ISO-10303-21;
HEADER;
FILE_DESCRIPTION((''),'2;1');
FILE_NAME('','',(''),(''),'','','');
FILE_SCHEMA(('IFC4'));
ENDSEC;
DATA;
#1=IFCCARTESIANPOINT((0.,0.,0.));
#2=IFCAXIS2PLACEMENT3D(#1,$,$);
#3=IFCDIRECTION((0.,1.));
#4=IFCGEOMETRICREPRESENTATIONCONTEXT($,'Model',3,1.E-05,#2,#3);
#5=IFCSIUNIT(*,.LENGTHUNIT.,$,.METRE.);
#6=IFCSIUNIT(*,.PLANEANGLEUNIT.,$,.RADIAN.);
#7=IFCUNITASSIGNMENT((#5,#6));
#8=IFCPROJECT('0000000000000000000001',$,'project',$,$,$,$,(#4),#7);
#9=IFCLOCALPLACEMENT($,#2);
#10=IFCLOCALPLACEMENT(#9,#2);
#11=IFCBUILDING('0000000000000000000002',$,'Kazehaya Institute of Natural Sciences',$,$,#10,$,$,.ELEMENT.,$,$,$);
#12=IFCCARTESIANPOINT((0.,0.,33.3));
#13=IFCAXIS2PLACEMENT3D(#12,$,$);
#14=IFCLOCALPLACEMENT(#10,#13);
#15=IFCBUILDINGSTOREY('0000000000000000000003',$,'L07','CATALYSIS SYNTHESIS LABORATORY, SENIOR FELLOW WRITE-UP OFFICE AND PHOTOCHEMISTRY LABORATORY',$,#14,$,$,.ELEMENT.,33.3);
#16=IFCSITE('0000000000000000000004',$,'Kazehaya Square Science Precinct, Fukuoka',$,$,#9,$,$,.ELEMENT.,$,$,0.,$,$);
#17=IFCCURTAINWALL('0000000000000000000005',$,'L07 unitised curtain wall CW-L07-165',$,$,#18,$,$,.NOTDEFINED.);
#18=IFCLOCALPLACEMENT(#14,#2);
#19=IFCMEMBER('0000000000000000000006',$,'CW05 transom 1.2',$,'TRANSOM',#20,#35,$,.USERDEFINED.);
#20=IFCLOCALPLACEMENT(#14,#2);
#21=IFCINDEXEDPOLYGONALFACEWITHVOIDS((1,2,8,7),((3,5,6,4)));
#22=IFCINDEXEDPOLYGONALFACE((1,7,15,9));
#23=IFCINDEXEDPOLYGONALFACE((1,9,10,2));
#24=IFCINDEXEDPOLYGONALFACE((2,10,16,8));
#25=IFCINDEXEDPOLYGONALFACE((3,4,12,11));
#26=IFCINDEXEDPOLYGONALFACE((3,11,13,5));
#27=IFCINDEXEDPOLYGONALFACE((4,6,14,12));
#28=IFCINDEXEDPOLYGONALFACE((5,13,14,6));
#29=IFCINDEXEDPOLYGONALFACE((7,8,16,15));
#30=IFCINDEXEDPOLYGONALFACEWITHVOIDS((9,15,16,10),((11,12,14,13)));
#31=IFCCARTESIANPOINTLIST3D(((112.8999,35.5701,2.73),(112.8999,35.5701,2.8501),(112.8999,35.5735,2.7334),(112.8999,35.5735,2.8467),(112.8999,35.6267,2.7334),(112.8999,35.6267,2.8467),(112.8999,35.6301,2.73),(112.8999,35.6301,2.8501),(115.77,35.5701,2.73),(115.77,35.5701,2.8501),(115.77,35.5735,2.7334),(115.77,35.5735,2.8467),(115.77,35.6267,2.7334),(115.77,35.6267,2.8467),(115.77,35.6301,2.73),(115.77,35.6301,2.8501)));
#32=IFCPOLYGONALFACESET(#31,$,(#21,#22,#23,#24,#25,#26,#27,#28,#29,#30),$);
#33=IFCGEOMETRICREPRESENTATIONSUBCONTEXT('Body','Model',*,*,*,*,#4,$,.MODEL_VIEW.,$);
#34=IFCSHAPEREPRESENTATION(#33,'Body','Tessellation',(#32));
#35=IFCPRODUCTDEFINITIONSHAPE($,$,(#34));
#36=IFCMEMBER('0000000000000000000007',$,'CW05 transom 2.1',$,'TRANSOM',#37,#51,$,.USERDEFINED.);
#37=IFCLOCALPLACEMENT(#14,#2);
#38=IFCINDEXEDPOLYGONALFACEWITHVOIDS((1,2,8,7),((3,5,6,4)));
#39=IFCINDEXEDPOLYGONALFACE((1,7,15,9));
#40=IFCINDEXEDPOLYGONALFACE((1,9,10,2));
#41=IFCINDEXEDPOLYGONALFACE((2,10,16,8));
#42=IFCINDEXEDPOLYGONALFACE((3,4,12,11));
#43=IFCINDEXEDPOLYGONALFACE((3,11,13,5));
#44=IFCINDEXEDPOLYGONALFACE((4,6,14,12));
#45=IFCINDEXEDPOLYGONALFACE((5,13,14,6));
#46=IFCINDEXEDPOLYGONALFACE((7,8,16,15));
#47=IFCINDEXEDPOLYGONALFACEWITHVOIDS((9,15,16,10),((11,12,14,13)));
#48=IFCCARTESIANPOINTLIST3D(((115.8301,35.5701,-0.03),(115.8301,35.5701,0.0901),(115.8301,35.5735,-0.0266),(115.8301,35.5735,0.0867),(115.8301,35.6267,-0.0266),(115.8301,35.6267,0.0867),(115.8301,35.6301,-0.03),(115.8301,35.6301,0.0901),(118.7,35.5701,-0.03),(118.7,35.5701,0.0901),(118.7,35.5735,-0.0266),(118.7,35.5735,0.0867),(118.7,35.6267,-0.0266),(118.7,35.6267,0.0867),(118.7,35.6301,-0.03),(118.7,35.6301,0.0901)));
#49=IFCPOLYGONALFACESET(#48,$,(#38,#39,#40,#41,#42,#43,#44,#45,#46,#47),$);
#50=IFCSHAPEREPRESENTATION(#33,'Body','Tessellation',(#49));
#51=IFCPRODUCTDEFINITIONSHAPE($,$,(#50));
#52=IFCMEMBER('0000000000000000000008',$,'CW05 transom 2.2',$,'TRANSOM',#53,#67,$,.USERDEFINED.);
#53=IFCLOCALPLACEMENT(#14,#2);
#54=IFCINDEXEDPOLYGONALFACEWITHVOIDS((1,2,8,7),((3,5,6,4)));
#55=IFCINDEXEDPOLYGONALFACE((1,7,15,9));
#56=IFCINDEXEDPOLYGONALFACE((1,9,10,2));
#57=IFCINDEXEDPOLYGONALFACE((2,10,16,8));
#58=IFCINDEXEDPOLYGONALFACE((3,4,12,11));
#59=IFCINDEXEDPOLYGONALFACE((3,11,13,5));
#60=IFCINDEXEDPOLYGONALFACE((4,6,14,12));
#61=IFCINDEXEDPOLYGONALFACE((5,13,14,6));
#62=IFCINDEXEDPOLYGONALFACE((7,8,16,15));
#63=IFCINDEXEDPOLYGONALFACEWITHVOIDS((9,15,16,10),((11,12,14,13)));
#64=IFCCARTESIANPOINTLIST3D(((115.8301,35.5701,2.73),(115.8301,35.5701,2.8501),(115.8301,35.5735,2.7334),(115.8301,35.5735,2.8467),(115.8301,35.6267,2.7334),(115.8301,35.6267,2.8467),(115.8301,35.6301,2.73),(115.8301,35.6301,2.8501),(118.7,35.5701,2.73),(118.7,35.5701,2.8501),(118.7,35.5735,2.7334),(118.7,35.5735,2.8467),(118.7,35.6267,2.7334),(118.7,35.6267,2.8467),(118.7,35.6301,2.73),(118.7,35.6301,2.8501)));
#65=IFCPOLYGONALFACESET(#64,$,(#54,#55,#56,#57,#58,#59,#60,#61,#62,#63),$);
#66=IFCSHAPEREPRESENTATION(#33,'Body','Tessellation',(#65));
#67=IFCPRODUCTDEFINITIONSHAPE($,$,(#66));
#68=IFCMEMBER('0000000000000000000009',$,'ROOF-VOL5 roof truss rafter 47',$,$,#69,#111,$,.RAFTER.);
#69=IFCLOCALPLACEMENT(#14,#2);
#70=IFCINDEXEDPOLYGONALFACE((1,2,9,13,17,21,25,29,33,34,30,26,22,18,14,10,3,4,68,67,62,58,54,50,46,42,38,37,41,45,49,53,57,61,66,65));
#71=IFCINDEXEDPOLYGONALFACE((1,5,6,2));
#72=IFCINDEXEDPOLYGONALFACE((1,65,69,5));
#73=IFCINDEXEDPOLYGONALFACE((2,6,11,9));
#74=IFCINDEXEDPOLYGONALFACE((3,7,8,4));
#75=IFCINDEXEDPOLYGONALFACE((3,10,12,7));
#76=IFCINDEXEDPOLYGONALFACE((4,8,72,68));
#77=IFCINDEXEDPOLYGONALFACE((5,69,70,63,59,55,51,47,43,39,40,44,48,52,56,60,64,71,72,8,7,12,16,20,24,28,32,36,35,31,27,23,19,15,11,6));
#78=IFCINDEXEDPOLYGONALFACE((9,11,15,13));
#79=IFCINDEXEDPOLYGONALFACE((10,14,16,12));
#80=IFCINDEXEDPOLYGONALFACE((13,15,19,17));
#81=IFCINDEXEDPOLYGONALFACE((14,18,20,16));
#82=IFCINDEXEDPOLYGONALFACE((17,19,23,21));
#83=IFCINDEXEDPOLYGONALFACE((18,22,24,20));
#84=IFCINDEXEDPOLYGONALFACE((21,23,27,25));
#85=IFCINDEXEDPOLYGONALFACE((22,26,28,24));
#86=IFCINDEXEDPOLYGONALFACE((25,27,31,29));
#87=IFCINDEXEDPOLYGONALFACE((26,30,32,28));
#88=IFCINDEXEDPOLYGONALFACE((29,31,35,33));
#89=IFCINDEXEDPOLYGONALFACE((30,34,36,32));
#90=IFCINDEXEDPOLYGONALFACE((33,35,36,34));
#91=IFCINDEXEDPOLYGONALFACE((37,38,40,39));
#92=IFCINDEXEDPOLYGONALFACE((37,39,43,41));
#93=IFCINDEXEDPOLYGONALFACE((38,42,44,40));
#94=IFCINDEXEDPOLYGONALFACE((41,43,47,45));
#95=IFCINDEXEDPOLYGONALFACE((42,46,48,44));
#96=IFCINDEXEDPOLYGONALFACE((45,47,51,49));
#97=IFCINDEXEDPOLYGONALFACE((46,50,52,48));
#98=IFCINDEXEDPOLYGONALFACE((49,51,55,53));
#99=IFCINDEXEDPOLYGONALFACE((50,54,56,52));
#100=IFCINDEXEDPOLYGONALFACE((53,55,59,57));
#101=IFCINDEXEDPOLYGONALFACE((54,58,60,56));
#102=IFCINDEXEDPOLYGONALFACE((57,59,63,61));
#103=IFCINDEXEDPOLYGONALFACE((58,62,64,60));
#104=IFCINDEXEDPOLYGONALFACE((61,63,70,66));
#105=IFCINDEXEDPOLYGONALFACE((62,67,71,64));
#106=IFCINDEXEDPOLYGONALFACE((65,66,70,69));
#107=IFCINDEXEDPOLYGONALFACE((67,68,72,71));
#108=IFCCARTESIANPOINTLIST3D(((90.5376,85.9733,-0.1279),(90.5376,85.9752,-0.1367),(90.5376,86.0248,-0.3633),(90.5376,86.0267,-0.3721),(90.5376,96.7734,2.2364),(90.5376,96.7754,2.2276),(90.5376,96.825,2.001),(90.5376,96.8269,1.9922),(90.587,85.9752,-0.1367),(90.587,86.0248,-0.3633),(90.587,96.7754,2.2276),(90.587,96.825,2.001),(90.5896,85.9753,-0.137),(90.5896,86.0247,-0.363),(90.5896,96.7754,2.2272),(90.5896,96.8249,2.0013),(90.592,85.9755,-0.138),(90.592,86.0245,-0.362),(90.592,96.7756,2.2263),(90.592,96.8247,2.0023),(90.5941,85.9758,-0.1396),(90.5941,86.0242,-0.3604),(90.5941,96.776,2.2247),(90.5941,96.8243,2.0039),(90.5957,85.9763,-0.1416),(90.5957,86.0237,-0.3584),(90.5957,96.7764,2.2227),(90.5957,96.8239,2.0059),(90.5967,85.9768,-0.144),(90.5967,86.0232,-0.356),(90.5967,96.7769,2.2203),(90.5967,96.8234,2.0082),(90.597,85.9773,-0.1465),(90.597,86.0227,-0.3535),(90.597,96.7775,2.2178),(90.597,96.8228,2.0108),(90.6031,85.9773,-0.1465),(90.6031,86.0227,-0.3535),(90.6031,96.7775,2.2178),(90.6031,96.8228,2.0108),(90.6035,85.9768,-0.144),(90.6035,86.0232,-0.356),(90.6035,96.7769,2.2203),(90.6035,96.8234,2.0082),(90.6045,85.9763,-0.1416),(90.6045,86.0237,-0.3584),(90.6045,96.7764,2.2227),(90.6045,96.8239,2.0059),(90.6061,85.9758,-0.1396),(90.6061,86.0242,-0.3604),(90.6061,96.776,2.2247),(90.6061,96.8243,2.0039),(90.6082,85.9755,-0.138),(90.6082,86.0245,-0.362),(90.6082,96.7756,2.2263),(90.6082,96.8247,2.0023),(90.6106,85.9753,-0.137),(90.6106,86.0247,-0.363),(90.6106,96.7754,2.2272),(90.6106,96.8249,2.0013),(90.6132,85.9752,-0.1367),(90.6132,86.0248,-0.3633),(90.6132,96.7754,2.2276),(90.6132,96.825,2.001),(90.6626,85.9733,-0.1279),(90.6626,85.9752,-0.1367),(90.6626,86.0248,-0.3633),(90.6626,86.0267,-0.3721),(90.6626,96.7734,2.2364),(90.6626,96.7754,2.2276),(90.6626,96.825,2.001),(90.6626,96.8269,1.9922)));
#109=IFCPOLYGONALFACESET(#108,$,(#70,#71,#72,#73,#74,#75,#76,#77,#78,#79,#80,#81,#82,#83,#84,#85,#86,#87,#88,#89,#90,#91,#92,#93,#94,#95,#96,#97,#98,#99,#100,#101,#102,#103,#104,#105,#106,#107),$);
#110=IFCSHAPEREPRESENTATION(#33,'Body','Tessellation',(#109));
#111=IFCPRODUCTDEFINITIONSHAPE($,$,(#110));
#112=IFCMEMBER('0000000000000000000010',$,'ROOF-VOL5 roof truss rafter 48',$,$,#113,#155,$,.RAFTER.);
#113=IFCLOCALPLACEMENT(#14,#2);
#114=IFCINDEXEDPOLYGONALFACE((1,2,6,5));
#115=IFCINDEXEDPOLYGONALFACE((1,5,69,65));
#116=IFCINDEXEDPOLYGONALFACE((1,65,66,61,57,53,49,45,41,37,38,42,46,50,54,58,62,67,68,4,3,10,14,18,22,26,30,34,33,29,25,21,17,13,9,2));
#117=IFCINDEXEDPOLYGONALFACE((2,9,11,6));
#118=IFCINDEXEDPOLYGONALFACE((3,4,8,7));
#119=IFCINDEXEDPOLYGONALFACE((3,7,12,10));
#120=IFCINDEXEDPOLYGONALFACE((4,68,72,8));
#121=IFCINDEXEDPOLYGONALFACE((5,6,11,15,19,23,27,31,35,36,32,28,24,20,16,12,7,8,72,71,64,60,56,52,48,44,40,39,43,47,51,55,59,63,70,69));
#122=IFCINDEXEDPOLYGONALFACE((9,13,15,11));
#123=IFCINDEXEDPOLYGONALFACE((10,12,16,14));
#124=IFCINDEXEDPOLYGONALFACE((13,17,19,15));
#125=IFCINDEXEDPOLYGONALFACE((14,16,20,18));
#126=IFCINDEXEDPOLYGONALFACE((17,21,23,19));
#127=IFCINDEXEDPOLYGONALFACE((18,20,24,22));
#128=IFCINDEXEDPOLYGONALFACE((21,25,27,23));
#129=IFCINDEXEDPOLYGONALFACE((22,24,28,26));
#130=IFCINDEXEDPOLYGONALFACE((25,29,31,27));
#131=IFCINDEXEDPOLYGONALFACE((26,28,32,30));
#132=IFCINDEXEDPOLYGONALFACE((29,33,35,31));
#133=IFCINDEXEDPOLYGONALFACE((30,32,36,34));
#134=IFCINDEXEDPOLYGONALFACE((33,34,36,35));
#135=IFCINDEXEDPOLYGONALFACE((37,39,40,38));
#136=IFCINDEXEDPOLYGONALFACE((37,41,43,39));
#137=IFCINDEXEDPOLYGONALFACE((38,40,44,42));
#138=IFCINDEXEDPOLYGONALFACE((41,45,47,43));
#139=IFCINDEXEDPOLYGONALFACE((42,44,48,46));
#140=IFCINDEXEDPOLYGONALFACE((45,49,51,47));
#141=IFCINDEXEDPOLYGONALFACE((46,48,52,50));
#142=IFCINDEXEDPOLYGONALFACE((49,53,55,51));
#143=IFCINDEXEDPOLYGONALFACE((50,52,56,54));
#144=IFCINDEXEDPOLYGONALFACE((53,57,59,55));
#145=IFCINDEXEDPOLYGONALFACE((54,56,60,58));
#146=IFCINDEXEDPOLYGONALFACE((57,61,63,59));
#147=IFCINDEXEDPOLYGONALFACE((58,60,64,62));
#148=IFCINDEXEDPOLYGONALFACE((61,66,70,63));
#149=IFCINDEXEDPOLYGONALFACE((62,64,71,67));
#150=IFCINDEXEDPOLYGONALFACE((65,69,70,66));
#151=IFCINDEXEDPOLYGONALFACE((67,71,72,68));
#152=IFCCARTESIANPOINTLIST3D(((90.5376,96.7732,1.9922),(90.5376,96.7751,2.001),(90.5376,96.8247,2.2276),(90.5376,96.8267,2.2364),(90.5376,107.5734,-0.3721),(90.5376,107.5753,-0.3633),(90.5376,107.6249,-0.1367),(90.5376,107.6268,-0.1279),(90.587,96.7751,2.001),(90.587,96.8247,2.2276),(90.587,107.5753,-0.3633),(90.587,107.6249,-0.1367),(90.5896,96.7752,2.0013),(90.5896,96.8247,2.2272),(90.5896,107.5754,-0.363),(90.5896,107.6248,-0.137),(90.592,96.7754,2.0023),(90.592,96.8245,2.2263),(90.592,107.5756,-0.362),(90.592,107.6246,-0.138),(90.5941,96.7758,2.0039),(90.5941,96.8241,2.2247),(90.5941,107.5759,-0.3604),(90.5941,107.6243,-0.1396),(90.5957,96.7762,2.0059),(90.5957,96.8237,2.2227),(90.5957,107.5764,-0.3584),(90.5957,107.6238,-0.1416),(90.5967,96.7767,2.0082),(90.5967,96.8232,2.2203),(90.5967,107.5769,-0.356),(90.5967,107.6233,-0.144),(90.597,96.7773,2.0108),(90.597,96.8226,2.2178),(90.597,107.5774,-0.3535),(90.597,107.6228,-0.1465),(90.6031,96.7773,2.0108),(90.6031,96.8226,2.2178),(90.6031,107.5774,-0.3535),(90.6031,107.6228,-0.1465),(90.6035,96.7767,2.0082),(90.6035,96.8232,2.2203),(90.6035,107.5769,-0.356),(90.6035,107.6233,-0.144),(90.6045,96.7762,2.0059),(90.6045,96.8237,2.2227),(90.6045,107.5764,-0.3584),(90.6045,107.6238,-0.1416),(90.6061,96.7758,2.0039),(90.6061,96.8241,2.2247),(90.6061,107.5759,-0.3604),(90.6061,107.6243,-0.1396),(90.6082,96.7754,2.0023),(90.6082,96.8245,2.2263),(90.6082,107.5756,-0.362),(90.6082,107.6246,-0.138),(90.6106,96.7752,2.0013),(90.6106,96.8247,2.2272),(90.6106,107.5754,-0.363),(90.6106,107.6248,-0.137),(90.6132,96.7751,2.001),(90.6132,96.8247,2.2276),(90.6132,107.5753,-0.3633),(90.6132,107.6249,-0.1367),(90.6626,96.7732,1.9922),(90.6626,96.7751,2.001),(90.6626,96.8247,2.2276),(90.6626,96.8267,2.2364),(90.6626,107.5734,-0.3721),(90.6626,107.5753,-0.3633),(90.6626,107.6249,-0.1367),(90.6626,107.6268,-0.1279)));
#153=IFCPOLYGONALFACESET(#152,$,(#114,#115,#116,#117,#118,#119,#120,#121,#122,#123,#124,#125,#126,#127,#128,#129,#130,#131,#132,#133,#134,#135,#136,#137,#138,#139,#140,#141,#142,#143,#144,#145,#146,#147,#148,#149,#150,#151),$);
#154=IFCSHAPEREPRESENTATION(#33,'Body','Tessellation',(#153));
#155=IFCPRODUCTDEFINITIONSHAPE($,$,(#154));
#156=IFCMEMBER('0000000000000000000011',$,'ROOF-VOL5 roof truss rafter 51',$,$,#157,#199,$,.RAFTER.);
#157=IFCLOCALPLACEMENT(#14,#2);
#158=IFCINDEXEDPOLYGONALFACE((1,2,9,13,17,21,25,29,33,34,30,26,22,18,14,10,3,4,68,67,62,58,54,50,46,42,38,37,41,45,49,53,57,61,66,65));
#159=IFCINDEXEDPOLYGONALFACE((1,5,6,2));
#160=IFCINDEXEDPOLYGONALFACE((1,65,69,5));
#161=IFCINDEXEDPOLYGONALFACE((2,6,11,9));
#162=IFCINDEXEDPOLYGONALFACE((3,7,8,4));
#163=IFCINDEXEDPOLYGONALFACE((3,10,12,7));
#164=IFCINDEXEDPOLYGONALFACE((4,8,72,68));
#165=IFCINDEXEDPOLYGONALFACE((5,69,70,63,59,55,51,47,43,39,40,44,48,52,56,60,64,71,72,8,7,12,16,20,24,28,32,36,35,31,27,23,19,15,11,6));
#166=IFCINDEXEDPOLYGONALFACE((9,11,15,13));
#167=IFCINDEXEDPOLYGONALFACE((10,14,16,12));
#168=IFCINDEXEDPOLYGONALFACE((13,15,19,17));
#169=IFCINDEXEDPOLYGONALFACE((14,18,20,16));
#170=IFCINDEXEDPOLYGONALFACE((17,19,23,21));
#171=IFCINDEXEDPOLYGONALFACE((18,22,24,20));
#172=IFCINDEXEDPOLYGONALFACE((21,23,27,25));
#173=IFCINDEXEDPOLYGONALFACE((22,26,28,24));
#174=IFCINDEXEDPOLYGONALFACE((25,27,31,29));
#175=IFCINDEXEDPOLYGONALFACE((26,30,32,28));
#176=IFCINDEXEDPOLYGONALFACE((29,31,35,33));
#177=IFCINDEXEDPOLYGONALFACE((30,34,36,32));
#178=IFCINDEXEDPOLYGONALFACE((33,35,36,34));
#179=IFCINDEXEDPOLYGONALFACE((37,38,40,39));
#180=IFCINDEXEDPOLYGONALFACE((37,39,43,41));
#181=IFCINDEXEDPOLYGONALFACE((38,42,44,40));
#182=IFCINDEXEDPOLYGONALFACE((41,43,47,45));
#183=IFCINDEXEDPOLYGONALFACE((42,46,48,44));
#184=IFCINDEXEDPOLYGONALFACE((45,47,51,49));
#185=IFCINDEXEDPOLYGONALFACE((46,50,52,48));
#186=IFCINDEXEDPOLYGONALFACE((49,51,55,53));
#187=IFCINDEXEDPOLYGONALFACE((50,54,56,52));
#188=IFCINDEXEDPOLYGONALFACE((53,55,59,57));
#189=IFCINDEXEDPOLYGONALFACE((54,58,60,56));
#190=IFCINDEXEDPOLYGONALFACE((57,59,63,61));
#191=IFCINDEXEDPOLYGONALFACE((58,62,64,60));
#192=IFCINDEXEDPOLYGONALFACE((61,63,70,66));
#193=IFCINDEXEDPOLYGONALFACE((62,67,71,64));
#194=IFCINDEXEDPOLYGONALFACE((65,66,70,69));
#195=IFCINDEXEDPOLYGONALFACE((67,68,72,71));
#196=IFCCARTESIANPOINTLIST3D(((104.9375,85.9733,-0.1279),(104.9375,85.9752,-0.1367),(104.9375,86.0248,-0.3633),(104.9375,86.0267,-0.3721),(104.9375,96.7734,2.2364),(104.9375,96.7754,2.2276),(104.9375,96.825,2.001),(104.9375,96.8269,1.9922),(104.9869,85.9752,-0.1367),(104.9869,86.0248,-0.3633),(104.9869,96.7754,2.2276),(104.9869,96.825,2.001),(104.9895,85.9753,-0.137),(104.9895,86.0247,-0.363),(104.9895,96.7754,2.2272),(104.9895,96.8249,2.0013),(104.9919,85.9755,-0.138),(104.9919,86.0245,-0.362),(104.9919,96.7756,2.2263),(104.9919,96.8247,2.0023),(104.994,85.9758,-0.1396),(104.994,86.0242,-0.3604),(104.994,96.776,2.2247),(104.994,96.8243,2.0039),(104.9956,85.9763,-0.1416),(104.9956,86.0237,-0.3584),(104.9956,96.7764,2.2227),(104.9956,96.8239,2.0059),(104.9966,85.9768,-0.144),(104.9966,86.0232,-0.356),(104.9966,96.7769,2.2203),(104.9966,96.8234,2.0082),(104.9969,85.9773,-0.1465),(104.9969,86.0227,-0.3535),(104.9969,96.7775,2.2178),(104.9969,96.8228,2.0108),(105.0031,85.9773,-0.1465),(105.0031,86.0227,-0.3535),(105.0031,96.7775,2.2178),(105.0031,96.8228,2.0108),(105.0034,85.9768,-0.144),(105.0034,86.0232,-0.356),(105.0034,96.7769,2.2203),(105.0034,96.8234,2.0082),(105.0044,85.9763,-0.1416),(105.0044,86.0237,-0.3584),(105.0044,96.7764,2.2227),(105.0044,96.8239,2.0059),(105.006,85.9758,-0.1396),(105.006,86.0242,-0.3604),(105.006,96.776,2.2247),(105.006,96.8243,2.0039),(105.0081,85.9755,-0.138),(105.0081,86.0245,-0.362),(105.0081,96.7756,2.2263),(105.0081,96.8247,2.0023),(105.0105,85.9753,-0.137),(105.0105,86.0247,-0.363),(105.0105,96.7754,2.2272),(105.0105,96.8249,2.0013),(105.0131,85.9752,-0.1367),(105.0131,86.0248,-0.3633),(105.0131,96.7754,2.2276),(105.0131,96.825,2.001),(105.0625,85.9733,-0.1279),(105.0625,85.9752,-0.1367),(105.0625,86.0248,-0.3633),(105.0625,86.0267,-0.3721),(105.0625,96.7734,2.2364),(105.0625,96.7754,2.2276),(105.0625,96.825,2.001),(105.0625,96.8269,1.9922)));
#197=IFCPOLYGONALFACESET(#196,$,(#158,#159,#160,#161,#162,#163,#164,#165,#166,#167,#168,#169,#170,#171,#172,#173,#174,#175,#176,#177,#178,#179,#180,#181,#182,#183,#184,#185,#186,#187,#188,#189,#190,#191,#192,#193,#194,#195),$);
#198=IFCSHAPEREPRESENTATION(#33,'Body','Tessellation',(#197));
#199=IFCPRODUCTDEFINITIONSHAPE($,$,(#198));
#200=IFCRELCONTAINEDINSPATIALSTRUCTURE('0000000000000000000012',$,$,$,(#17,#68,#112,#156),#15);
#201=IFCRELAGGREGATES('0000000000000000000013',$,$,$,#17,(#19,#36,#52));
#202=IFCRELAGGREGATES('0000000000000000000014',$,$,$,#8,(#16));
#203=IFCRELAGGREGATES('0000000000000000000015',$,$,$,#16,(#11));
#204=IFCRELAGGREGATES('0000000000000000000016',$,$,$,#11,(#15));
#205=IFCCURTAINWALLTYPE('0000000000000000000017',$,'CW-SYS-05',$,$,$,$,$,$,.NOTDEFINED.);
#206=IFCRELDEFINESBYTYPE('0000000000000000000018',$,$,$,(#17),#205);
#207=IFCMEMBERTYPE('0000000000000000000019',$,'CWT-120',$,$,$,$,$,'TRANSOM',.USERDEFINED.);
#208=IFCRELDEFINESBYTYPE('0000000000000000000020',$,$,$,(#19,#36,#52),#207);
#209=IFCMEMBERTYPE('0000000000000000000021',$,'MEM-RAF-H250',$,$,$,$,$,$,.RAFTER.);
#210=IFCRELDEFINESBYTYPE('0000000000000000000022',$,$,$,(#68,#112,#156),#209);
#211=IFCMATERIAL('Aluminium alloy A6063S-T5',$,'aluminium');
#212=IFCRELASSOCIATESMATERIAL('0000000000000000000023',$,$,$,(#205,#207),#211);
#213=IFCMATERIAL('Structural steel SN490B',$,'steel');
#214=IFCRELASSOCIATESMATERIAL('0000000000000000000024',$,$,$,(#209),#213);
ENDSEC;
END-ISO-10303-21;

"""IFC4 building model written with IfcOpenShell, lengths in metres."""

from ifc_helpers import new_model, si_unit, direction, frame, origin, origin_2d, place, context, subcontext, project, spatial, hollow_rectangle, i_section, extrude, material, material_profile, profile_set, type_object, element, aggregate, save


model = new_model("IFC4")

# Units and contexts
model_context = context("Model", 3, precision=1e-05, world=origin(), true_north=direction((0.0, 1.0)))
body_context = subcontext(model_context, "Body", "Model", "MODEL_VIEW")
ifc_project = project(units=[si_unit("LENGTHUNIT", "METRE"), si_unit("PLANEANGLEUNIT", "RADIAN")], contexts=[model_context])

# Site, building, storey
site_placement = place(None, origin())
site = spatial("IfcSite", under=ifc_project, at=site_placement, Name="Kazehaya Square Science Precinct, Fukuoka", CompositionType="ELEMENT", RefElevation=0.0)
building_placement = place(site_placement, origin())
building = spatial("IfcBuilding", under=site, at=building_placement, Name="Kazehaya Institute of Natural Sciences", CompositionType="ELEMENT")
storey_placement = place(building_placement, frame((0.0, 0.0, 33.3)))
storey = spatial("IfcBuildingStorey", under=building, at=storey_placement, Name="L07", Description="CATALYSIS SYNTHESIS LABORATORY, SENIOR FELLOW WRITE-UP OFFICE AND PHOTOCHEMISTRY LABORATORY", CompositionType="ELEMENT", Elevation=33.3)

# Curtain wall
ifc_material_1 = material(Name="Aluminium alloy A6063S-T5", Category="aluminium")
curtain_wall_type = type_object("IfcCurtainWallType", Name="CW-SYS-05", PredefinedType="NOTDEFINED", material=ifc_material_1)
curtain_wall_1_placement = place(storey_placement, origin())
curtain_wall_1 = element("IfcCurtainWall", 1, at=curtain_wall_1_placement, inside=storey, type_object=curtain_wall_type, Name="L07 unitised curtain wall CW-L07-165", PredefinedType="NOTDEFINED")

# Members
ifc_material_profile_1 = material_profile(ifc_material_1, hollow_rectangle(XDim=0.0601, YDim=0.1201, WallThickness=0.0034, at=origin_2d()), Name="ALU-60x120x3.5")
ifc_profile_set_1 = profile_set([ifc_material_profile_1], Name="Aluminium alloy A6063S-T5")
member_type_1 = type_object("IfcMemberType", Name="CWT-120", ElementType="TRANSOM", PredefinedType="USERDEFINED", material=ifc_profile_set_1)
member_1_placement = place(storey_placement, frame((112.8999, 35.6001, 2.79), z_axis=(1.0, 0.0, 0.0), x_axis=(0.0, 1.0, 0.0)))
member_1 = element("IfcMember", 2, at=member_1_placement, type_object=member_type_1, Name="CW05 transom 1.2", ObjectType="TRANSOM", PredefinedType="USERDEFINED", context=body_context, shape_type="SweptSolid", body=[
    extrude(hollow_rectangle(XDim=0.0601, YDim=0.1201, WallThickness=0.0034, at=origin_2d()), origin(), (0.0, 0.0, 1.0), 2.8701),
])
member_2_placement = place(storey_placement, frame((115.8301, 35.6001, 0.03), z_axis=(1.0, 0.0, 0.0), x_axis=(0.0, 1.0, 0.0)))
member_2 = element("IfcMember", 3, at=member_2_placement, type_object=member_type_1, Name="CW05 transom 2.1", ObjectType="TRANSOM", PredefinedType="USERDEFINED", context=body_context, shape_type="SweptSolid", body=[
    extrude(hollow_rectangle(XDim=0.0601, YDim=0.1201, WallThickness=0.0034, at=origin_2d()), origin(), (0.0, 0.0, 1.0), 2.8699),
])
member_3_placement = place(storey_placement, frame((115.8301, 35.6001, 2.79), z_axis=(1.0, 0.0, 0.0), x_axis=(0.0, 1.0, 0.0)))
member_3 = element("IfcMember", 4, at=member_3_placement, type_object=member_type_1, Name="CW05 transom 2.2", ObjectType="TRANSOM", PredefinedType="USERDEFINED", context=body_context, shape_type="SweptSolid", body=[
    extrude(hollow_rectangle(XDim=0.0601, YDim=0.1201, WallThickness=0.0034, at=origin_2d()), origin(), (0.0, 0.0, 1.0), 2.8699),
])

# Members
ifc_material_2 = material(Name="Structural steel SN490B", Category="steel")
ifc_material_profile_2 = material_profile(ifc_material_2, i_section(OverallWidth=0.125, OverallDepth=0.25, WebThickness=0.0061, FlangeThickness=0.009, FilletRadius=0.01, at=origin_2d()), Name="H-250x125x6x9")
ifc_profile_set_2 = profile_set([ifc_material_profile_2], Name="Structural steel SN490B")
member_type_2 = type_object("IfcMemberType", Name="MEM-RAF-H250", PredefinedType="RAFTER", material=ifc_profile_set_2)
for number, where, z_axis, x_axis, name in (
    (5, (90.6001, 86.0, -0.25), (0.0, 0.976867, 0.213848), (-1.0, 0.0, 0.0), "ROOF-VOL5 roof truss rafter 47"),
    (6, (90.6001, 107.6001, -0.25), (0.0, -0.976867, 0.213848), (1.0, 0.0, 0.0), "ROOF-VOL5 roof truss rafter 48"),
    (7, (105.0, 86.0, -0.25), (0.0, 0.976867, 0.213848), (-1.0, 0.0, 0.0), "ROOF-VOL5 roof truss rafter 51"),
):
    element("IfcMember", number, at=place(storey_placement, frame(where, z_axis=z_axis, x_axis=x_axis)), inside=storey, type_object=member_type_2, Name=name, PredefinedType="RAFTER", context=body_context, shape_type="SweptSolid", body=[
        extrude(i_section(OverallWidth=0.125, OverallDepth=0.25, WebThickness=0.0061, FlangeThickness=0.009, FilletRadius=0.01, at=origin_2d()), origin(), (0.0, 0.0, 1.0), 11.0559),
    ])

aggregate(curtain_wall_1, [member_1, member_2, member_3])

save(model, "model.ifc")
